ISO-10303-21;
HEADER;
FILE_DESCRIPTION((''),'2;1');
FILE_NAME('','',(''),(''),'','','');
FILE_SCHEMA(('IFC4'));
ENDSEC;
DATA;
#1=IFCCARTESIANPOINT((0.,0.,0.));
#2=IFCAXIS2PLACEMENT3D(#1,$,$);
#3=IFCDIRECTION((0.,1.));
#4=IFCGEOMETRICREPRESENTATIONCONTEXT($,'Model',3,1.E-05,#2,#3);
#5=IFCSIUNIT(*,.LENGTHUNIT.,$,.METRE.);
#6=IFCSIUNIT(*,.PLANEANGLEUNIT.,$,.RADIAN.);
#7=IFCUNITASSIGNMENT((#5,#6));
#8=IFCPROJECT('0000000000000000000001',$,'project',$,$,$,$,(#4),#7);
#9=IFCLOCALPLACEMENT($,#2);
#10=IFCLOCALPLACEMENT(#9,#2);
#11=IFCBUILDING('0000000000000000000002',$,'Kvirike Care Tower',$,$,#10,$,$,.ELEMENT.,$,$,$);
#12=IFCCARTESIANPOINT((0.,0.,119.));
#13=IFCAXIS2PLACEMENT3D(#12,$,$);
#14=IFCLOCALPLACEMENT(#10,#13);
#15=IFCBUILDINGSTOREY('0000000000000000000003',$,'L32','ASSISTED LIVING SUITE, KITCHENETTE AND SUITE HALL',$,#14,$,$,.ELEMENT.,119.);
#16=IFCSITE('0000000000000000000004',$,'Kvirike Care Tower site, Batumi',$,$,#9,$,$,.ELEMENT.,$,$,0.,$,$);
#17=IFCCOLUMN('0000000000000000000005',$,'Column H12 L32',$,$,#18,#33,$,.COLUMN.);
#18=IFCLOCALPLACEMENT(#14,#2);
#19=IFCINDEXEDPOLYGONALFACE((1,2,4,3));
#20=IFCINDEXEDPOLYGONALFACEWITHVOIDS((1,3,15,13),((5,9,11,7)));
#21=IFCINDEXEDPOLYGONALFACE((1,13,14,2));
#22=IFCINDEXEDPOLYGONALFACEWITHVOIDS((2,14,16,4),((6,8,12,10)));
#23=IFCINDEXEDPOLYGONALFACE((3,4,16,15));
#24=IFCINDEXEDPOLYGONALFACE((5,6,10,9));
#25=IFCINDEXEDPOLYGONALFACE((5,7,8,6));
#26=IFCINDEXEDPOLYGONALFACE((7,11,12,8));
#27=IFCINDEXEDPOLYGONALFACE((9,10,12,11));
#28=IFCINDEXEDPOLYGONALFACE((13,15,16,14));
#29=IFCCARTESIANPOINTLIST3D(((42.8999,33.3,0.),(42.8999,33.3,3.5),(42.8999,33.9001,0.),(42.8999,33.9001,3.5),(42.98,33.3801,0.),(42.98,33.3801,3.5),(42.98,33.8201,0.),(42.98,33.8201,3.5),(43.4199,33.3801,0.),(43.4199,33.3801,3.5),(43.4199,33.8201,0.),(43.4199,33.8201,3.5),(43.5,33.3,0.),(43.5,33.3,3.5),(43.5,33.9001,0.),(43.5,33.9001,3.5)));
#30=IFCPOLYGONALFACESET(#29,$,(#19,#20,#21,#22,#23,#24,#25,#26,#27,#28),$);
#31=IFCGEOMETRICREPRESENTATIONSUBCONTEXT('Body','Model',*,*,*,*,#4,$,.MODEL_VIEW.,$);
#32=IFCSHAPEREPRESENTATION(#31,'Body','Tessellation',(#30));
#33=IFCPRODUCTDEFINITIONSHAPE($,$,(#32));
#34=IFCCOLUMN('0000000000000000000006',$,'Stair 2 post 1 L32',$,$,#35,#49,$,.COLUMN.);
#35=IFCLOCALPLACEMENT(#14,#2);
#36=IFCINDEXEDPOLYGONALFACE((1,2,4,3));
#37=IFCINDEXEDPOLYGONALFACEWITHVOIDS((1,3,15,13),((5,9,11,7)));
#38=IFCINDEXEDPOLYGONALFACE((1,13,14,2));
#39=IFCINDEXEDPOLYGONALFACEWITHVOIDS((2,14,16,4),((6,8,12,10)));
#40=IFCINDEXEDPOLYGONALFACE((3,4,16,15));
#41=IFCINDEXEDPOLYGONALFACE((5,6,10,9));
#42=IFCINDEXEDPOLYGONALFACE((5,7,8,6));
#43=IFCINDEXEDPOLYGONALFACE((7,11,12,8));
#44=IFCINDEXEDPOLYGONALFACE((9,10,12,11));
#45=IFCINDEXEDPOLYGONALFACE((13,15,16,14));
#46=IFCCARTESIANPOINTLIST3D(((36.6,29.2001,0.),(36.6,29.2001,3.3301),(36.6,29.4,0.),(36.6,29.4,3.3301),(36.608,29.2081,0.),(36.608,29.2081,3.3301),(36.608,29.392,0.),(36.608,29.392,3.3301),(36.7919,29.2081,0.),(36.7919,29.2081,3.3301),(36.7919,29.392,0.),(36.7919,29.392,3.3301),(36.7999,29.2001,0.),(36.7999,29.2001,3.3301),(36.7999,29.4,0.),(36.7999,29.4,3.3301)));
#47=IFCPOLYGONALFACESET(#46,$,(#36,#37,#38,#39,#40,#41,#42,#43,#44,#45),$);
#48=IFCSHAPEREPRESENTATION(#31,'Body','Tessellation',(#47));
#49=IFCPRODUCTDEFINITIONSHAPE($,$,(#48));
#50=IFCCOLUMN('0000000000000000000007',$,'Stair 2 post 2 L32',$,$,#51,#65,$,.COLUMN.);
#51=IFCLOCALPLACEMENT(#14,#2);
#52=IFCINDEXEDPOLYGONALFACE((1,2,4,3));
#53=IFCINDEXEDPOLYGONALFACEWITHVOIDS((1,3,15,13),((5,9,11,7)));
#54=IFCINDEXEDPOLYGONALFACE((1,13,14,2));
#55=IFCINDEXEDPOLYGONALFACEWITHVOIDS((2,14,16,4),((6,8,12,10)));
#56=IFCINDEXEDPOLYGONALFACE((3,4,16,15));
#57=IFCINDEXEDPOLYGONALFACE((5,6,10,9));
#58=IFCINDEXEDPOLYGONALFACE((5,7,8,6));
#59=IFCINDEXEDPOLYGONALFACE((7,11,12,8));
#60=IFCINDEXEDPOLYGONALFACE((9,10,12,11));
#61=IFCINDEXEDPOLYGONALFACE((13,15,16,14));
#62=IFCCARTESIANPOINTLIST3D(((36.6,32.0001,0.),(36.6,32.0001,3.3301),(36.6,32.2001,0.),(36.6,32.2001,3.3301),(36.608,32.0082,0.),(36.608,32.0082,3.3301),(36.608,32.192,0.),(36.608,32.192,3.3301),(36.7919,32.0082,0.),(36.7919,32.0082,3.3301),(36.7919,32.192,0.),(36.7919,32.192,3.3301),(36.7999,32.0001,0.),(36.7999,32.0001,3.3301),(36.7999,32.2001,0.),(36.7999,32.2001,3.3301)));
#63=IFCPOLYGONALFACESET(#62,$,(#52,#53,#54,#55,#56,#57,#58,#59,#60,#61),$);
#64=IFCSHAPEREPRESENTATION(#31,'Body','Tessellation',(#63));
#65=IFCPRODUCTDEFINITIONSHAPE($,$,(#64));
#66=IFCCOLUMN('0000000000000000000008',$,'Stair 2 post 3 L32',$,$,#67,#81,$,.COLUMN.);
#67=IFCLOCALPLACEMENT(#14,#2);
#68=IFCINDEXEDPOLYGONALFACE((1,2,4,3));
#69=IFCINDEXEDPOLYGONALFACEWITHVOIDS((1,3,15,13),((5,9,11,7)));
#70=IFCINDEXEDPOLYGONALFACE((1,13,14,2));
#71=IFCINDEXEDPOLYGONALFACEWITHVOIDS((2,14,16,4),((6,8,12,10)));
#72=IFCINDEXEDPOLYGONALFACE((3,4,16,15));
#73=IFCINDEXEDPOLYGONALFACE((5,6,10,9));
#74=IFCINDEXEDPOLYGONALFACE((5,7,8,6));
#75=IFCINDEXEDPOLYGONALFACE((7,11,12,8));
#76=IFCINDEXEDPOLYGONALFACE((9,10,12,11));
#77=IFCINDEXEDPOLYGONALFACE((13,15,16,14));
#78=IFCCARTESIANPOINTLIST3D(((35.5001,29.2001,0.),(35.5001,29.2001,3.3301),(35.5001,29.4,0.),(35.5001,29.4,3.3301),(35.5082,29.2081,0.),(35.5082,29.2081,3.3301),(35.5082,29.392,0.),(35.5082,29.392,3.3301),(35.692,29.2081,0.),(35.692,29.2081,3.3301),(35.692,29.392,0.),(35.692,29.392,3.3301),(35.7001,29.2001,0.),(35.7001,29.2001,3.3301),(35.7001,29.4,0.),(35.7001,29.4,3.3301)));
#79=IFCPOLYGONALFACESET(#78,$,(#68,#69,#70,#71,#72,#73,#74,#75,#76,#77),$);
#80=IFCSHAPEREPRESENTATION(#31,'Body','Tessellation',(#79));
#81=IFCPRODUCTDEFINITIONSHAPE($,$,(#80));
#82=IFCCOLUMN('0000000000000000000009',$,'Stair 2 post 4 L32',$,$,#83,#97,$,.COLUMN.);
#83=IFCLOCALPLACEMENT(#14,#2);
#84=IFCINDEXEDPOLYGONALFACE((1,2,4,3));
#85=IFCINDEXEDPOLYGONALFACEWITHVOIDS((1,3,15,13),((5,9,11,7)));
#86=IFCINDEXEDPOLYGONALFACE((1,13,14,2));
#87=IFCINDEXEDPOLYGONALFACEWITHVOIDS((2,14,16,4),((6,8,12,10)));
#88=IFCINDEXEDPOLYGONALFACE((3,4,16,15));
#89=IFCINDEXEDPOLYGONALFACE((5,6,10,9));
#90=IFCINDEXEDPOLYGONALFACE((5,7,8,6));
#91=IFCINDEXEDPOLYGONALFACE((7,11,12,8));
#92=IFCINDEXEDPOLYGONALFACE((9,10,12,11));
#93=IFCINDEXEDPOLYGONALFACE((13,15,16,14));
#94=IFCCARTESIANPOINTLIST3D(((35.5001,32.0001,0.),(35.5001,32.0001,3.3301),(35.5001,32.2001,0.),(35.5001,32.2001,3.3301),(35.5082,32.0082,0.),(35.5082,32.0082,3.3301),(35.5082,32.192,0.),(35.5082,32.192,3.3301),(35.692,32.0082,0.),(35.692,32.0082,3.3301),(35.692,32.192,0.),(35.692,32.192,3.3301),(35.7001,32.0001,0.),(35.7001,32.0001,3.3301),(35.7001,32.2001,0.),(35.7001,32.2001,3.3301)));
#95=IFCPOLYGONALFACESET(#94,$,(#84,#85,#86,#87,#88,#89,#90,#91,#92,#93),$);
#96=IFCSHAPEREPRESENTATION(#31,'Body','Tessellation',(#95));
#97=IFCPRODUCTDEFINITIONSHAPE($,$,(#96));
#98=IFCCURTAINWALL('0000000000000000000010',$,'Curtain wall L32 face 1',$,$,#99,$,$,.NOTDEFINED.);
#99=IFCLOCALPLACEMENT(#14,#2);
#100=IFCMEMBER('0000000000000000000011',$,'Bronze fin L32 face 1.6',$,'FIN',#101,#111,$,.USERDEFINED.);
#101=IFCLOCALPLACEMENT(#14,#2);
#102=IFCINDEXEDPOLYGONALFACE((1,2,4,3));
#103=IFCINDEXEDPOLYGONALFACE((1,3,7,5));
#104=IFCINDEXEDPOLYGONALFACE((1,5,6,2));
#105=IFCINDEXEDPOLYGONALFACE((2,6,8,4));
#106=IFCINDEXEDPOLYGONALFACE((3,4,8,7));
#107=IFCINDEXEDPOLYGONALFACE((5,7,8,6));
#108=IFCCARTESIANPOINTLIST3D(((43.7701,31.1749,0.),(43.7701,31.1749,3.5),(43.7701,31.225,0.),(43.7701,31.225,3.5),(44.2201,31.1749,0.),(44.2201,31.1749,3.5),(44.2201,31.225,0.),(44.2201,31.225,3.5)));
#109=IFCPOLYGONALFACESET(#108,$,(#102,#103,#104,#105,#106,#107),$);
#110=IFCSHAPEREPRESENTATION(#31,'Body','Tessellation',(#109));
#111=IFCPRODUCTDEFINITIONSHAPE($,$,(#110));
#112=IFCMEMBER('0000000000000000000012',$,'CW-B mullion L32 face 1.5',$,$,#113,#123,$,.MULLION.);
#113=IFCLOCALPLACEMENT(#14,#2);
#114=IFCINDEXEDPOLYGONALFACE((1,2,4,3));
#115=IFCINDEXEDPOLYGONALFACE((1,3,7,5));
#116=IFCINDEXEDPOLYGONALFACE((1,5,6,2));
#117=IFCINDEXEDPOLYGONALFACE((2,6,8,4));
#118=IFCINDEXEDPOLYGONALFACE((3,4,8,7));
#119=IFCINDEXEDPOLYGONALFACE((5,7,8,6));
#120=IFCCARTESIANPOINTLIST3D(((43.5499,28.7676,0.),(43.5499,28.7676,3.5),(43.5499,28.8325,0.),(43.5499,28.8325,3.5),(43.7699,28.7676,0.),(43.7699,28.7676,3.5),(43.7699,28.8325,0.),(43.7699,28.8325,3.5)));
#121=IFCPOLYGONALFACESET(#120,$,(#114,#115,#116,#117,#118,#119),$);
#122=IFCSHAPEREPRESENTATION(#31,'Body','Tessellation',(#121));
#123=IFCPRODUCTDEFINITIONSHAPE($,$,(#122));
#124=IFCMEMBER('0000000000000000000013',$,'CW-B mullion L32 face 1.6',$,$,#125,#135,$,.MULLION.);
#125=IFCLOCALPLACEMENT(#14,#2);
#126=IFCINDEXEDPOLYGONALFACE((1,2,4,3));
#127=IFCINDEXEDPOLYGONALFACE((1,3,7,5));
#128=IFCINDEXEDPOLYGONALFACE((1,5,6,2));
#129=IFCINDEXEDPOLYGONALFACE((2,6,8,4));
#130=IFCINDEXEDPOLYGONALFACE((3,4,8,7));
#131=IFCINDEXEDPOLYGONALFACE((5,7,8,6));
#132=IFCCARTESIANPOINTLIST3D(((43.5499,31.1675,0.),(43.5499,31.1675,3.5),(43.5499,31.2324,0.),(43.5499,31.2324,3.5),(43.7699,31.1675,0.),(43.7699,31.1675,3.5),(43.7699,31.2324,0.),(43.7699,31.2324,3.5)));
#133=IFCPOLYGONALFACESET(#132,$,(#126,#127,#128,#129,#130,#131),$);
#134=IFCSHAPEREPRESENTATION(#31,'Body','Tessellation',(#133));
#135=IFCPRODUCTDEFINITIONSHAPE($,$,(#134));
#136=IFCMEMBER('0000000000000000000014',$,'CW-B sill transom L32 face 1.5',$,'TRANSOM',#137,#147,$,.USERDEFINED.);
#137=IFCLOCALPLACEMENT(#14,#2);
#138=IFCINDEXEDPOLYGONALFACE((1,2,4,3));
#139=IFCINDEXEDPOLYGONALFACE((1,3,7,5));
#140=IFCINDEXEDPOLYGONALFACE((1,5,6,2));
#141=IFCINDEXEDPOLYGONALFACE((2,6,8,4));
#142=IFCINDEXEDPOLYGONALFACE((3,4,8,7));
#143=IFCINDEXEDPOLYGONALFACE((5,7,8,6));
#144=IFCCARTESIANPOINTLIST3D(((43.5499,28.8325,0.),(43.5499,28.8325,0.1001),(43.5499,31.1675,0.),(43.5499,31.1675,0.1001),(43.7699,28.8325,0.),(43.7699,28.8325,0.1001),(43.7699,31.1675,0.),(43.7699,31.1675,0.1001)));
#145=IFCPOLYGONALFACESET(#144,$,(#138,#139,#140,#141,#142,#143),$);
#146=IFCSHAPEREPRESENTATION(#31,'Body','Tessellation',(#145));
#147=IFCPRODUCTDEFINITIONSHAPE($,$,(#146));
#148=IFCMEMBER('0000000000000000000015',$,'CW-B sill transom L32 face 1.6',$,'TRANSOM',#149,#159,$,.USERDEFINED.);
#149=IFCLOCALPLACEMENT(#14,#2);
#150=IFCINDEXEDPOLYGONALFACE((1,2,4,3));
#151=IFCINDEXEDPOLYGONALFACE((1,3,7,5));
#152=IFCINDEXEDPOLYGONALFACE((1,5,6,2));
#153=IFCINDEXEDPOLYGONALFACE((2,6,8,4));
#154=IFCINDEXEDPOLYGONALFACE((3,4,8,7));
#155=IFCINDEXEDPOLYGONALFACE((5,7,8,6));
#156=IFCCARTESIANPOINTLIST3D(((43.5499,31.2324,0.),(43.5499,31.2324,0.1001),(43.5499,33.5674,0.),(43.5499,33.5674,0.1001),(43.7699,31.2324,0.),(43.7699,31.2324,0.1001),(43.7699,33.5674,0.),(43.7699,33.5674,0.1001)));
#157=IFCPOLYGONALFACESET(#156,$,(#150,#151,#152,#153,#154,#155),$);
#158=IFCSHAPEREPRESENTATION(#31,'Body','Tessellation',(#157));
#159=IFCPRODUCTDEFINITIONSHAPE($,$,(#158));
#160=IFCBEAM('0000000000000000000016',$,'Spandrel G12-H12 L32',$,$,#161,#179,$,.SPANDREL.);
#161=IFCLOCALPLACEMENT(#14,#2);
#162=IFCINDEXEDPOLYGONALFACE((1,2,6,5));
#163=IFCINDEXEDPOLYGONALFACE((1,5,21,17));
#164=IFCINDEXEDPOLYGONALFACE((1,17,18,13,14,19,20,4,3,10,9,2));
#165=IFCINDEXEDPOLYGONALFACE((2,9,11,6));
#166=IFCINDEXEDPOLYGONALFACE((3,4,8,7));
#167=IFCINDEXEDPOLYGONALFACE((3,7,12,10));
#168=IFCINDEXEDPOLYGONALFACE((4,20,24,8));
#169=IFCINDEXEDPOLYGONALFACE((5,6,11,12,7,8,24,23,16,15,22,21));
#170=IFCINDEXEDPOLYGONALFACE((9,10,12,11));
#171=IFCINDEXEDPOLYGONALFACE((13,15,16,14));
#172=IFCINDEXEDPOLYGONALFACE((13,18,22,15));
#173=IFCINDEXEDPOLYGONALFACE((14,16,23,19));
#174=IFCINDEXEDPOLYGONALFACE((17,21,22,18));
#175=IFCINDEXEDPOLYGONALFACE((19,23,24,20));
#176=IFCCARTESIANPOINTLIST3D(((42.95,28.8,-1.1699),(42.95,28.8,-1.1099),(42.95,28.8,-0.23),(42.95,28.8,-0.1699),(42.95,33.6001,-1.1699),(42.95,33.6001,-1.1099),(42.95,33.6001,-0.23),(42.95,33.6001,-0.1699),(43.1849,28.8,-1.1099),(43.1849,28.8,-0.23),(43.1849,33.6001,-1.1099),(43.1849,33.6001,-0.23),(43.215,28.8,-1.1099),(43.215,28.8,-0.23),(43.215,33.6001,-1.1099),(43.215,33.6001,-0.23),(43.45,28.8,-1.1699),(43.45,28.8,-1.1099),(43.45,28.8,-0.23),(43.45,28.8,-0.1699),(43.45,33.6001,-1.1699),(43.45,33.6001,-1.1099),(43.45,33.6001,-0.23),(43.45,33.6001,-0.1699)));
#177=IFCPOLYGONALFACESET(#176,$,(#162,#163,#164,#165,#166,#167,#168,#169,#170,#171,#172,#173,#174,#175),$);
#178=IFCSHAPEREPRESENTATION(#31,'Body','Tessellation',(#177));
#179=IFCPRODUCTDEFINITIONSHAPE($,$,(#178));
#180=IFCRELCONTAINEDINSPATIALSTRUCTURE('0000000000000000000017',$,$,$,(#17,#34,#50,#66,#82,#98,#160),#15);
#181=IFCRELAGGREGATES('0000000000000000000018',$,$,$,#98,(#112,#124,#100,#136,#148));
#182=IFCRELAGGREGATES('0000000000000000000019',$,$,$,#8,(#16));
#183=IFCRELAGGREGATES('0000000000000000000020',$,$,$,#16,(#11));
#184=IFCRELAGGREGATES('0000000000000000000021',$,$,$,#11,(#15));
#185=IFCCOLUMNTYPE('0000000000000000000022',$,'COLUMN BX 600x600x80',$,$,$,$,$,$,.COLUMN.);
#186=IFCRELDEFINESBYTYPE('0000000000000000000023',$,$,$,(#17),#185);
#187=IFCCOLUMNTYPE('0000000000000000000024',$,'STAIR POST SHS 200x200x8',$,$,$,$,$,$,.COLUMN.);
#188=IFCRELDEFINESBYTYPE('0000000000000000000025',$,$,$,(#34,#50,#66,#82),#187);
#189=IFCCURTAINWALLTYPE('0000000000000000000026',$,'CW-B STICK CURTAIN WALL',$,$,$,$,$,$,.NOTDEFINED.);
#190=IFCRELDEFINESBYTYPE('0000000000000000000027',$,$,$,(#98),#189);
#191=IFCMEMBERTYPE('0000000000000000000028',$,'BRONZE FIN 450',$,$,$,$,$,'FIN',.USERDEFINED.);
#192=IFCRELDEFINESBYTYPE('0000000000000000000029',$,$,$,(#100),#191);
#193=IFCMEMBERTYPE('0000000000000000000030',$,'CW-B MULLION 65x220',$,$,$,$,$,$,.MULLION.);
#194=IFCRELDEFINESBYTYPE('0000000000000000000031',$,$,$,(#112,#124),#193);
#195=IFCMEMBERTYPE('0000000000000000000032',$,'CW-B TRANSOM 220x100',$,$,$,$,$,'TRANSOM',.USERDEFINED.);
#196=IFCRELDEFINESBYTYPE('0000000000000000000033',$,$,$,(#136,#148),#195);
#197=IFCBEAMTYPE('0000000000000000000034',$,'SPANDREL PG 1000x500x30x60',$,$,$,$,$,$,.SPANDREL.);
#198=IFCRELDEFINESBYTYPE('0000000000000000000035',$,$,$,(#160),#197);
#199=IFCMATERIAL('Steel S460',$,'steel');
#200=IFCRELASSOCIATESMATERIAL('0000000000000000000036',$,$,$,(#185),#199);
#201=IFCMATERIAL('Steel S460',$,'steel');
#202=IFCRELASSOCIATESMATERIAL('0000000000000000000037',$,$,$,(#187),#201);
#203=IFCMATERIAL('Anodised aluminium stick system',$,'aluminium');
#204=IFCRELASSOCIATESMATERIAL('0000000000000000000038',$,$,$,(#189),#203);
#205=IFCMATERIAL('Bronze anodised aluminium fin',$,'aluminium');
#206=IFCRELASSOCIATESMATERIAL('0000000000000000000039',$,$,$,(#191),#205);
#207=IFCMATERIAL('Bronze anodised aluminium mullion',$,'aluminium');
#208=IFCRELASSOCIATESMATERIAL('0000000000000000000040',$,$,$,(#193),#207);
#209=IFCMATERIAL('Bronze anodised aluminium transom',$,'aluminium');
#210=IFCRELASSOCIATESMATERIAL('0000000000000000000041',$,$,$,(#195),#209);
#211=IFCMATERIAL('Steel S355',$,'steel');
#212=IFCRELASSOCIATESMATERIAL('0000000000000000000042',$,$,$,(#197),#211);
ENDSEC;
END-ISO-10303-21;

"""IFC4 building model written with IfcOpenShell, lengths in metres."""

from ifc_helpers import new_model, si_unit, direction, frame, origin, origin_2d, place, context, subcontext, project, spatial, rectangle, hollow_rectangle, i_section, extrude, material, material_profile, profile_set, type_object, element, aggregate, save


model = new_model("IFC4")

# Units and contexts
model_context = context("Model", 3, precision=1e-05, world=origin(), true_north=direction((0.0, 1.0)))
body_context = subcontext(model_context, "Body", "Model", "MODEL_VIEW")
ifc_project = project(units=[si_unit("LENGTHUNIT", "METRE"), si_unit("PLANEANGLEUNIT", "RADIAN")], contexts=[model_context])

# Site, building, storey
site_placement = place(None, origin())
site = spatial("IfcSite", under=ifc_project, at=site_placement, Name="Kvirike Care Tower site, Batumi", CompositionType="ELEMENT", RefElevation=0.0)
building_placement = place(site_placement, origin())
building = spatial("IfcBuilding", under=site, at=building_placement, Name="Kvirike Care Tower", CompositionType="ELEMENT")
storey_placement = place(building_placement, frame((0.0, 0.0, 119.0)))
storey = spatial("IfcBuildingStorey", under=building, at=storey_placement, Name="L32", Description="ASSISTED LIVING SUITE, KITCHENETTE AND SUITE HALL", CompositionType="ELEMENT", Elevation=119.0)

# Columns
ifc_material_1 = material(Name="Steel S460", Category="steel")
ifc_material_profile_1 = material_profile(ifc_material_1, hollow_rectangle(XDim=0.6001, YDim=0.6001, WallThickness=0.0801, at=origin_2d()), Name="BX 600x600x80")
ifc_profile_set_1 = profile_set([ifc_material_profile_1], Name="Steel S460")
column_type_1 = type_object("IfcColumnType", Name="COLUMN BX 600x600x80", PredefinedType="COLUMN", material=ifc_profile_set_1)
column_placement = place(storey_placement, frame((43.2, 33.6001, 0.0), z_axis=(0.0, 0.0, 1.0), x_axis=(1.0, 0.0, 0.0)))
element("IfcColumn", 1, at=column_placement, inside=storey, type_object=column_type_1, Name="Column H12 L32", PredefinedType="COLUMN", context=body_context, shape_type="SweptSolid", body=[
    extrude(hollow_rectangle(XDim=0.6001, YDim=0.6001, WallThickness=0.0801, at=origin_2d()), origin(), (0.0, 0.0, 1.0), 3.5),
])
ifc_material_2 = material(Name="Steel S460", Category="steel")
ifc_material_profile_2 = material_profile(ifc_material_2, hollow_rectangle(XDim=0.2, YDim=0.2, WallThickness=0.0081, at=origin_2d()), Name="SHS 200x200x8")
ifc_profile_set_2 = profile_set([ifc_material_profile_2], Name="Steel S460")
column_type_2 = type_object("IfcColumnType", Name="STAIR POST SHS 200x200x8", PredefinedType="COLUMN", material=ifc_profile_set_2)
for number, where, z_axis, x_axis, name in (
    (2, (36.7, 29.3, 0.0), (0.0, 0.0, 1.0), (1.0, 0.0, 0.0), "Stair 2 post 1 L32"),
    (3, (36.7, 32.1001, 0.0), (0.0, 0.0, 1.0), (1.0, 0.0, 0.0), "Stair 2 post 2 L32"),
    (4, (35.6001, 29.3, 0.0), (0.0, 0.0, 1.0), (1.0, 0.0, 0.0), "Stair 2 post 3 L32"),
    (5, (35.6001, 32.1001, 0.0), (0.0, 0.0, 1.0), (1.0, 0.0, 0.0), "Stair 2 post 4 L32"),
):
    element("IfcColumn", number, at=place(storey_placement, frame(where, z_axis=z_axis, x_axis=x_axis)), inside=storey, type_object=column_type_2, Name=name, PredefinedType="COLUMN", context=body_context, shape_type="SweptSolid", body=[
        extrude(hollow_rectangle(XDim=0.2, YDim=0.2, WallThickness=0.0081, at=origin_2d()), origin(), (0.0, 0.0, 1.0), 3.3301),
    ])

# Curtain wall, members
ifc_material_3 = material(Name="Anodised aluminium stick system", Category="aluminium")
curtain_wall_type = type_object("IfcCurtainWallType", Name="CW-B STICK CURTAIN WALL", PredefinedType="NOTDEFINED", material=ifc_material_3)
curtain_wall_placement = place(storey_placement, origin())
curtain_wall = element("IfcCurtainWall", 6, at=curtain_wall_placement, inside=storey, type_object=curtain_wall_type, Name="Curtain wall L32 face 1", PredefinedType="NOTDEFINED")
ifc_material_4 = material(Name="Bronze anodised aluminium fin", Category="aluminium")
ifc_material_profile_3 = material_profile(ifc_material_4, rectangle(XDim=0.05, YDim=0.45, at=origin_2d()), Name="BRONZE FIN 450")
ifc_profile_set_3 = profile_set([ifc_material_profile_3], Name="Bronze anodised aluminium fin")
member_type_1 = type_object("IfcMemberType", Name="BRONZE FIN 450", ElementType="FIN", PredefinedType="USERDEFINED", material=ifc_profile_set_3)
member_1_placement = place(storey_placement, frame((43.9951, 31.2, 0.0), z_axis=(0.0, 0.0, 1.0), x_axis=(0.0, 1.0, 0.0)))
member_1 = element("IfcMember", 7, at=member_1_placement, type_object=member_type_1, Name="Bronze fin L32 face 1.6", ObjectType="FIN", PredefinedType="USERDEFINED", context=body_context, shape_type="SweptSolid", body=[
    extrude(rectangle(XDim=0.05, YDim=0.45, at=origin_2d()), origin(), (0.0, 0.0, 1.0), 3.5),
])
ifc_material_5 = material(Name="Bronze anodised aluminium mullion", Category="aluminium")
ifc_material_profile_4 = material_profile(ifc_material_5, rectangle(XDim=0.0649, YDim=0.22, at=origin_2d()), Name="CW-B MULLION 65x220")
ifc_profile_set_4 = profile_set([ifc_material_profile_4], Name="Bronze anodised aluminium mullion")
member_type_2 = type_object("IfcMemberType", Name="CW-B MULLION 65x220", PredefinedType="MULLION", material=ifc_profile_set_4)
member_2_placement = place(storey_placement, frame((43.6599, 28.8, 0.0), z_axis=(0.0, 0.0, 1.0), x_axis=(0.0, 1.0, 0.0)))
member_2 = element("IfcMember", 8, at=member_2_placement, type_object=member_type_2, Name="CW-B mullion L32 face 1.5", PredefinedType="MULLION", context=body_context, shape_type="SweptSolid", body=[
    extrude(rectangle(XDim=0.0649, YDim=0.22, at=origin_2d()), origin(), (0.0, 0.0, 1.0), 3.5),
])
member_3_placement = place(storey_placement, frame((43.6599, 31.2, 0.0), z_axis=(0.0, 0.0, 1.0), x_axis=(0.0, 1.0, 0.0)))
member_3 = element("IfcMember", 9, at=member_3_placement, type_object=member_type_2, Name="CW-B mullion L32 face 1.6", PredefinedType="MULLION", context=body_context, shape_type="SweptSolid", body=[
    extrude(rectangle(XDim=0.0649, YDim=0.22, at=origin_2d()), origin(), (0.0, 0.0, 1.0), 3.5),
])
ifc_material_6 = material(Name="Bronze anodised aluminium transom", Category="aluminium")
ifc_material_profile_5 = material_profile(ifc_material_6, rectangle(XDim=0.22, YDim=0.1001, at=origin_2d()), Name="CW-B TRANSOM 220x100")
ifc_profile_set_5 = profile_set([ifc_material_profile_5], Name="Bronze anodised aluminium transom")
member_type_3 = type_object("IfcMemberType", Name="CW-B TRANSOM 220x100", ElementType="TRANSOM", PredefinedType="USERDEFINED", material=ifc_profile_set_5)
member_4_placement = place(storey_placement, frame((43.6599, 28.8325, 0.05), z_axis=(0.0, 1.0, 0.0), x_axis=(-1.0, 0.0, 0.0)))
member_4 = element("IfcMember", 10, at=member_4_placement, type_object=member_type_3, Name="CW-B sill transom L32 face 1.5", ObjectType="TRANSOM", PredefinedType="USERDEFINED", context=body_context, shape_type="SweptSolid", body=[
    extrude(rectangle(XDim=0.22, YDim=0.1001, at=origin_2d()), origin(), (0.0, 0.0, 1.0), 2.335),
])
member_5_placement = place(storey_placement, frame((43.6599, 31.2324, 0.05), z_axis=(0.0, 1.0, 0.0), x_axis=(-1.0, 0.0, 0.0)))
member_5 = element("IfcMember", 11, at=member_5_placement, type_object=member_type_3, Name="CW-B sill transom L32 face 1.6", ObjectType="TRANSOM", PredefinedType="USERDEFINED", context=body_context, shape_type="SweptSolid", body=[
    extrude(rectangle(XDim=0.22, YDim=0.1001, at=origin_2d()), origin(), (0.0, 0.0, 1.0), 2.335),
])

# Beam
ifc_material_7 = material(Name="Steel S355", Category="steel")
ifc_material_profile_6 = material_profile(ifc_material_7, i_section(OverallWidth=0.5, OverallDepth=1.0, WebThickness=0.03, FlangeThickness=0.0601, at=origin_2d()), Name="PG 1000x500x30x60")
ifc_profile_set_6 = profile_set([ifc_material_profile_6], Name="Steel S355")
beam_type_1 = type_object("IfcBeamType", Name="SPANDREL PG 1000x500x30x60", PredefinedType="SPANDREL", material=ifc_profile_set_6)
beam_1_placement = place(storey_placement, frame((43.2, 28.8, -0.6699), z_axis=(0.0, 1.0, 0.0), x_axis=(-1.0, 0.0, 0.0)))
element("IfcBeam", 12, at=beam_1_placement, inside=storey, type_object=beam_type_1, Name="Spandrel G12-H12 L32", PredefinedType="SPANDREL", context=body_context, shape_type="SweptSolid", body=[
    extrude(i_section(OverallWidth=0.5, OverallDepth=1.0, WebThickness=0.03, FlangeThickness=0.0601, at=origin_2d()), origin(), (0.0, 0.0, 1.0), 4.8),
])

aggregate(curtain_wall, [member_2, member_3, member_1, member_4, member_5])

save(model, "model.ifc")
